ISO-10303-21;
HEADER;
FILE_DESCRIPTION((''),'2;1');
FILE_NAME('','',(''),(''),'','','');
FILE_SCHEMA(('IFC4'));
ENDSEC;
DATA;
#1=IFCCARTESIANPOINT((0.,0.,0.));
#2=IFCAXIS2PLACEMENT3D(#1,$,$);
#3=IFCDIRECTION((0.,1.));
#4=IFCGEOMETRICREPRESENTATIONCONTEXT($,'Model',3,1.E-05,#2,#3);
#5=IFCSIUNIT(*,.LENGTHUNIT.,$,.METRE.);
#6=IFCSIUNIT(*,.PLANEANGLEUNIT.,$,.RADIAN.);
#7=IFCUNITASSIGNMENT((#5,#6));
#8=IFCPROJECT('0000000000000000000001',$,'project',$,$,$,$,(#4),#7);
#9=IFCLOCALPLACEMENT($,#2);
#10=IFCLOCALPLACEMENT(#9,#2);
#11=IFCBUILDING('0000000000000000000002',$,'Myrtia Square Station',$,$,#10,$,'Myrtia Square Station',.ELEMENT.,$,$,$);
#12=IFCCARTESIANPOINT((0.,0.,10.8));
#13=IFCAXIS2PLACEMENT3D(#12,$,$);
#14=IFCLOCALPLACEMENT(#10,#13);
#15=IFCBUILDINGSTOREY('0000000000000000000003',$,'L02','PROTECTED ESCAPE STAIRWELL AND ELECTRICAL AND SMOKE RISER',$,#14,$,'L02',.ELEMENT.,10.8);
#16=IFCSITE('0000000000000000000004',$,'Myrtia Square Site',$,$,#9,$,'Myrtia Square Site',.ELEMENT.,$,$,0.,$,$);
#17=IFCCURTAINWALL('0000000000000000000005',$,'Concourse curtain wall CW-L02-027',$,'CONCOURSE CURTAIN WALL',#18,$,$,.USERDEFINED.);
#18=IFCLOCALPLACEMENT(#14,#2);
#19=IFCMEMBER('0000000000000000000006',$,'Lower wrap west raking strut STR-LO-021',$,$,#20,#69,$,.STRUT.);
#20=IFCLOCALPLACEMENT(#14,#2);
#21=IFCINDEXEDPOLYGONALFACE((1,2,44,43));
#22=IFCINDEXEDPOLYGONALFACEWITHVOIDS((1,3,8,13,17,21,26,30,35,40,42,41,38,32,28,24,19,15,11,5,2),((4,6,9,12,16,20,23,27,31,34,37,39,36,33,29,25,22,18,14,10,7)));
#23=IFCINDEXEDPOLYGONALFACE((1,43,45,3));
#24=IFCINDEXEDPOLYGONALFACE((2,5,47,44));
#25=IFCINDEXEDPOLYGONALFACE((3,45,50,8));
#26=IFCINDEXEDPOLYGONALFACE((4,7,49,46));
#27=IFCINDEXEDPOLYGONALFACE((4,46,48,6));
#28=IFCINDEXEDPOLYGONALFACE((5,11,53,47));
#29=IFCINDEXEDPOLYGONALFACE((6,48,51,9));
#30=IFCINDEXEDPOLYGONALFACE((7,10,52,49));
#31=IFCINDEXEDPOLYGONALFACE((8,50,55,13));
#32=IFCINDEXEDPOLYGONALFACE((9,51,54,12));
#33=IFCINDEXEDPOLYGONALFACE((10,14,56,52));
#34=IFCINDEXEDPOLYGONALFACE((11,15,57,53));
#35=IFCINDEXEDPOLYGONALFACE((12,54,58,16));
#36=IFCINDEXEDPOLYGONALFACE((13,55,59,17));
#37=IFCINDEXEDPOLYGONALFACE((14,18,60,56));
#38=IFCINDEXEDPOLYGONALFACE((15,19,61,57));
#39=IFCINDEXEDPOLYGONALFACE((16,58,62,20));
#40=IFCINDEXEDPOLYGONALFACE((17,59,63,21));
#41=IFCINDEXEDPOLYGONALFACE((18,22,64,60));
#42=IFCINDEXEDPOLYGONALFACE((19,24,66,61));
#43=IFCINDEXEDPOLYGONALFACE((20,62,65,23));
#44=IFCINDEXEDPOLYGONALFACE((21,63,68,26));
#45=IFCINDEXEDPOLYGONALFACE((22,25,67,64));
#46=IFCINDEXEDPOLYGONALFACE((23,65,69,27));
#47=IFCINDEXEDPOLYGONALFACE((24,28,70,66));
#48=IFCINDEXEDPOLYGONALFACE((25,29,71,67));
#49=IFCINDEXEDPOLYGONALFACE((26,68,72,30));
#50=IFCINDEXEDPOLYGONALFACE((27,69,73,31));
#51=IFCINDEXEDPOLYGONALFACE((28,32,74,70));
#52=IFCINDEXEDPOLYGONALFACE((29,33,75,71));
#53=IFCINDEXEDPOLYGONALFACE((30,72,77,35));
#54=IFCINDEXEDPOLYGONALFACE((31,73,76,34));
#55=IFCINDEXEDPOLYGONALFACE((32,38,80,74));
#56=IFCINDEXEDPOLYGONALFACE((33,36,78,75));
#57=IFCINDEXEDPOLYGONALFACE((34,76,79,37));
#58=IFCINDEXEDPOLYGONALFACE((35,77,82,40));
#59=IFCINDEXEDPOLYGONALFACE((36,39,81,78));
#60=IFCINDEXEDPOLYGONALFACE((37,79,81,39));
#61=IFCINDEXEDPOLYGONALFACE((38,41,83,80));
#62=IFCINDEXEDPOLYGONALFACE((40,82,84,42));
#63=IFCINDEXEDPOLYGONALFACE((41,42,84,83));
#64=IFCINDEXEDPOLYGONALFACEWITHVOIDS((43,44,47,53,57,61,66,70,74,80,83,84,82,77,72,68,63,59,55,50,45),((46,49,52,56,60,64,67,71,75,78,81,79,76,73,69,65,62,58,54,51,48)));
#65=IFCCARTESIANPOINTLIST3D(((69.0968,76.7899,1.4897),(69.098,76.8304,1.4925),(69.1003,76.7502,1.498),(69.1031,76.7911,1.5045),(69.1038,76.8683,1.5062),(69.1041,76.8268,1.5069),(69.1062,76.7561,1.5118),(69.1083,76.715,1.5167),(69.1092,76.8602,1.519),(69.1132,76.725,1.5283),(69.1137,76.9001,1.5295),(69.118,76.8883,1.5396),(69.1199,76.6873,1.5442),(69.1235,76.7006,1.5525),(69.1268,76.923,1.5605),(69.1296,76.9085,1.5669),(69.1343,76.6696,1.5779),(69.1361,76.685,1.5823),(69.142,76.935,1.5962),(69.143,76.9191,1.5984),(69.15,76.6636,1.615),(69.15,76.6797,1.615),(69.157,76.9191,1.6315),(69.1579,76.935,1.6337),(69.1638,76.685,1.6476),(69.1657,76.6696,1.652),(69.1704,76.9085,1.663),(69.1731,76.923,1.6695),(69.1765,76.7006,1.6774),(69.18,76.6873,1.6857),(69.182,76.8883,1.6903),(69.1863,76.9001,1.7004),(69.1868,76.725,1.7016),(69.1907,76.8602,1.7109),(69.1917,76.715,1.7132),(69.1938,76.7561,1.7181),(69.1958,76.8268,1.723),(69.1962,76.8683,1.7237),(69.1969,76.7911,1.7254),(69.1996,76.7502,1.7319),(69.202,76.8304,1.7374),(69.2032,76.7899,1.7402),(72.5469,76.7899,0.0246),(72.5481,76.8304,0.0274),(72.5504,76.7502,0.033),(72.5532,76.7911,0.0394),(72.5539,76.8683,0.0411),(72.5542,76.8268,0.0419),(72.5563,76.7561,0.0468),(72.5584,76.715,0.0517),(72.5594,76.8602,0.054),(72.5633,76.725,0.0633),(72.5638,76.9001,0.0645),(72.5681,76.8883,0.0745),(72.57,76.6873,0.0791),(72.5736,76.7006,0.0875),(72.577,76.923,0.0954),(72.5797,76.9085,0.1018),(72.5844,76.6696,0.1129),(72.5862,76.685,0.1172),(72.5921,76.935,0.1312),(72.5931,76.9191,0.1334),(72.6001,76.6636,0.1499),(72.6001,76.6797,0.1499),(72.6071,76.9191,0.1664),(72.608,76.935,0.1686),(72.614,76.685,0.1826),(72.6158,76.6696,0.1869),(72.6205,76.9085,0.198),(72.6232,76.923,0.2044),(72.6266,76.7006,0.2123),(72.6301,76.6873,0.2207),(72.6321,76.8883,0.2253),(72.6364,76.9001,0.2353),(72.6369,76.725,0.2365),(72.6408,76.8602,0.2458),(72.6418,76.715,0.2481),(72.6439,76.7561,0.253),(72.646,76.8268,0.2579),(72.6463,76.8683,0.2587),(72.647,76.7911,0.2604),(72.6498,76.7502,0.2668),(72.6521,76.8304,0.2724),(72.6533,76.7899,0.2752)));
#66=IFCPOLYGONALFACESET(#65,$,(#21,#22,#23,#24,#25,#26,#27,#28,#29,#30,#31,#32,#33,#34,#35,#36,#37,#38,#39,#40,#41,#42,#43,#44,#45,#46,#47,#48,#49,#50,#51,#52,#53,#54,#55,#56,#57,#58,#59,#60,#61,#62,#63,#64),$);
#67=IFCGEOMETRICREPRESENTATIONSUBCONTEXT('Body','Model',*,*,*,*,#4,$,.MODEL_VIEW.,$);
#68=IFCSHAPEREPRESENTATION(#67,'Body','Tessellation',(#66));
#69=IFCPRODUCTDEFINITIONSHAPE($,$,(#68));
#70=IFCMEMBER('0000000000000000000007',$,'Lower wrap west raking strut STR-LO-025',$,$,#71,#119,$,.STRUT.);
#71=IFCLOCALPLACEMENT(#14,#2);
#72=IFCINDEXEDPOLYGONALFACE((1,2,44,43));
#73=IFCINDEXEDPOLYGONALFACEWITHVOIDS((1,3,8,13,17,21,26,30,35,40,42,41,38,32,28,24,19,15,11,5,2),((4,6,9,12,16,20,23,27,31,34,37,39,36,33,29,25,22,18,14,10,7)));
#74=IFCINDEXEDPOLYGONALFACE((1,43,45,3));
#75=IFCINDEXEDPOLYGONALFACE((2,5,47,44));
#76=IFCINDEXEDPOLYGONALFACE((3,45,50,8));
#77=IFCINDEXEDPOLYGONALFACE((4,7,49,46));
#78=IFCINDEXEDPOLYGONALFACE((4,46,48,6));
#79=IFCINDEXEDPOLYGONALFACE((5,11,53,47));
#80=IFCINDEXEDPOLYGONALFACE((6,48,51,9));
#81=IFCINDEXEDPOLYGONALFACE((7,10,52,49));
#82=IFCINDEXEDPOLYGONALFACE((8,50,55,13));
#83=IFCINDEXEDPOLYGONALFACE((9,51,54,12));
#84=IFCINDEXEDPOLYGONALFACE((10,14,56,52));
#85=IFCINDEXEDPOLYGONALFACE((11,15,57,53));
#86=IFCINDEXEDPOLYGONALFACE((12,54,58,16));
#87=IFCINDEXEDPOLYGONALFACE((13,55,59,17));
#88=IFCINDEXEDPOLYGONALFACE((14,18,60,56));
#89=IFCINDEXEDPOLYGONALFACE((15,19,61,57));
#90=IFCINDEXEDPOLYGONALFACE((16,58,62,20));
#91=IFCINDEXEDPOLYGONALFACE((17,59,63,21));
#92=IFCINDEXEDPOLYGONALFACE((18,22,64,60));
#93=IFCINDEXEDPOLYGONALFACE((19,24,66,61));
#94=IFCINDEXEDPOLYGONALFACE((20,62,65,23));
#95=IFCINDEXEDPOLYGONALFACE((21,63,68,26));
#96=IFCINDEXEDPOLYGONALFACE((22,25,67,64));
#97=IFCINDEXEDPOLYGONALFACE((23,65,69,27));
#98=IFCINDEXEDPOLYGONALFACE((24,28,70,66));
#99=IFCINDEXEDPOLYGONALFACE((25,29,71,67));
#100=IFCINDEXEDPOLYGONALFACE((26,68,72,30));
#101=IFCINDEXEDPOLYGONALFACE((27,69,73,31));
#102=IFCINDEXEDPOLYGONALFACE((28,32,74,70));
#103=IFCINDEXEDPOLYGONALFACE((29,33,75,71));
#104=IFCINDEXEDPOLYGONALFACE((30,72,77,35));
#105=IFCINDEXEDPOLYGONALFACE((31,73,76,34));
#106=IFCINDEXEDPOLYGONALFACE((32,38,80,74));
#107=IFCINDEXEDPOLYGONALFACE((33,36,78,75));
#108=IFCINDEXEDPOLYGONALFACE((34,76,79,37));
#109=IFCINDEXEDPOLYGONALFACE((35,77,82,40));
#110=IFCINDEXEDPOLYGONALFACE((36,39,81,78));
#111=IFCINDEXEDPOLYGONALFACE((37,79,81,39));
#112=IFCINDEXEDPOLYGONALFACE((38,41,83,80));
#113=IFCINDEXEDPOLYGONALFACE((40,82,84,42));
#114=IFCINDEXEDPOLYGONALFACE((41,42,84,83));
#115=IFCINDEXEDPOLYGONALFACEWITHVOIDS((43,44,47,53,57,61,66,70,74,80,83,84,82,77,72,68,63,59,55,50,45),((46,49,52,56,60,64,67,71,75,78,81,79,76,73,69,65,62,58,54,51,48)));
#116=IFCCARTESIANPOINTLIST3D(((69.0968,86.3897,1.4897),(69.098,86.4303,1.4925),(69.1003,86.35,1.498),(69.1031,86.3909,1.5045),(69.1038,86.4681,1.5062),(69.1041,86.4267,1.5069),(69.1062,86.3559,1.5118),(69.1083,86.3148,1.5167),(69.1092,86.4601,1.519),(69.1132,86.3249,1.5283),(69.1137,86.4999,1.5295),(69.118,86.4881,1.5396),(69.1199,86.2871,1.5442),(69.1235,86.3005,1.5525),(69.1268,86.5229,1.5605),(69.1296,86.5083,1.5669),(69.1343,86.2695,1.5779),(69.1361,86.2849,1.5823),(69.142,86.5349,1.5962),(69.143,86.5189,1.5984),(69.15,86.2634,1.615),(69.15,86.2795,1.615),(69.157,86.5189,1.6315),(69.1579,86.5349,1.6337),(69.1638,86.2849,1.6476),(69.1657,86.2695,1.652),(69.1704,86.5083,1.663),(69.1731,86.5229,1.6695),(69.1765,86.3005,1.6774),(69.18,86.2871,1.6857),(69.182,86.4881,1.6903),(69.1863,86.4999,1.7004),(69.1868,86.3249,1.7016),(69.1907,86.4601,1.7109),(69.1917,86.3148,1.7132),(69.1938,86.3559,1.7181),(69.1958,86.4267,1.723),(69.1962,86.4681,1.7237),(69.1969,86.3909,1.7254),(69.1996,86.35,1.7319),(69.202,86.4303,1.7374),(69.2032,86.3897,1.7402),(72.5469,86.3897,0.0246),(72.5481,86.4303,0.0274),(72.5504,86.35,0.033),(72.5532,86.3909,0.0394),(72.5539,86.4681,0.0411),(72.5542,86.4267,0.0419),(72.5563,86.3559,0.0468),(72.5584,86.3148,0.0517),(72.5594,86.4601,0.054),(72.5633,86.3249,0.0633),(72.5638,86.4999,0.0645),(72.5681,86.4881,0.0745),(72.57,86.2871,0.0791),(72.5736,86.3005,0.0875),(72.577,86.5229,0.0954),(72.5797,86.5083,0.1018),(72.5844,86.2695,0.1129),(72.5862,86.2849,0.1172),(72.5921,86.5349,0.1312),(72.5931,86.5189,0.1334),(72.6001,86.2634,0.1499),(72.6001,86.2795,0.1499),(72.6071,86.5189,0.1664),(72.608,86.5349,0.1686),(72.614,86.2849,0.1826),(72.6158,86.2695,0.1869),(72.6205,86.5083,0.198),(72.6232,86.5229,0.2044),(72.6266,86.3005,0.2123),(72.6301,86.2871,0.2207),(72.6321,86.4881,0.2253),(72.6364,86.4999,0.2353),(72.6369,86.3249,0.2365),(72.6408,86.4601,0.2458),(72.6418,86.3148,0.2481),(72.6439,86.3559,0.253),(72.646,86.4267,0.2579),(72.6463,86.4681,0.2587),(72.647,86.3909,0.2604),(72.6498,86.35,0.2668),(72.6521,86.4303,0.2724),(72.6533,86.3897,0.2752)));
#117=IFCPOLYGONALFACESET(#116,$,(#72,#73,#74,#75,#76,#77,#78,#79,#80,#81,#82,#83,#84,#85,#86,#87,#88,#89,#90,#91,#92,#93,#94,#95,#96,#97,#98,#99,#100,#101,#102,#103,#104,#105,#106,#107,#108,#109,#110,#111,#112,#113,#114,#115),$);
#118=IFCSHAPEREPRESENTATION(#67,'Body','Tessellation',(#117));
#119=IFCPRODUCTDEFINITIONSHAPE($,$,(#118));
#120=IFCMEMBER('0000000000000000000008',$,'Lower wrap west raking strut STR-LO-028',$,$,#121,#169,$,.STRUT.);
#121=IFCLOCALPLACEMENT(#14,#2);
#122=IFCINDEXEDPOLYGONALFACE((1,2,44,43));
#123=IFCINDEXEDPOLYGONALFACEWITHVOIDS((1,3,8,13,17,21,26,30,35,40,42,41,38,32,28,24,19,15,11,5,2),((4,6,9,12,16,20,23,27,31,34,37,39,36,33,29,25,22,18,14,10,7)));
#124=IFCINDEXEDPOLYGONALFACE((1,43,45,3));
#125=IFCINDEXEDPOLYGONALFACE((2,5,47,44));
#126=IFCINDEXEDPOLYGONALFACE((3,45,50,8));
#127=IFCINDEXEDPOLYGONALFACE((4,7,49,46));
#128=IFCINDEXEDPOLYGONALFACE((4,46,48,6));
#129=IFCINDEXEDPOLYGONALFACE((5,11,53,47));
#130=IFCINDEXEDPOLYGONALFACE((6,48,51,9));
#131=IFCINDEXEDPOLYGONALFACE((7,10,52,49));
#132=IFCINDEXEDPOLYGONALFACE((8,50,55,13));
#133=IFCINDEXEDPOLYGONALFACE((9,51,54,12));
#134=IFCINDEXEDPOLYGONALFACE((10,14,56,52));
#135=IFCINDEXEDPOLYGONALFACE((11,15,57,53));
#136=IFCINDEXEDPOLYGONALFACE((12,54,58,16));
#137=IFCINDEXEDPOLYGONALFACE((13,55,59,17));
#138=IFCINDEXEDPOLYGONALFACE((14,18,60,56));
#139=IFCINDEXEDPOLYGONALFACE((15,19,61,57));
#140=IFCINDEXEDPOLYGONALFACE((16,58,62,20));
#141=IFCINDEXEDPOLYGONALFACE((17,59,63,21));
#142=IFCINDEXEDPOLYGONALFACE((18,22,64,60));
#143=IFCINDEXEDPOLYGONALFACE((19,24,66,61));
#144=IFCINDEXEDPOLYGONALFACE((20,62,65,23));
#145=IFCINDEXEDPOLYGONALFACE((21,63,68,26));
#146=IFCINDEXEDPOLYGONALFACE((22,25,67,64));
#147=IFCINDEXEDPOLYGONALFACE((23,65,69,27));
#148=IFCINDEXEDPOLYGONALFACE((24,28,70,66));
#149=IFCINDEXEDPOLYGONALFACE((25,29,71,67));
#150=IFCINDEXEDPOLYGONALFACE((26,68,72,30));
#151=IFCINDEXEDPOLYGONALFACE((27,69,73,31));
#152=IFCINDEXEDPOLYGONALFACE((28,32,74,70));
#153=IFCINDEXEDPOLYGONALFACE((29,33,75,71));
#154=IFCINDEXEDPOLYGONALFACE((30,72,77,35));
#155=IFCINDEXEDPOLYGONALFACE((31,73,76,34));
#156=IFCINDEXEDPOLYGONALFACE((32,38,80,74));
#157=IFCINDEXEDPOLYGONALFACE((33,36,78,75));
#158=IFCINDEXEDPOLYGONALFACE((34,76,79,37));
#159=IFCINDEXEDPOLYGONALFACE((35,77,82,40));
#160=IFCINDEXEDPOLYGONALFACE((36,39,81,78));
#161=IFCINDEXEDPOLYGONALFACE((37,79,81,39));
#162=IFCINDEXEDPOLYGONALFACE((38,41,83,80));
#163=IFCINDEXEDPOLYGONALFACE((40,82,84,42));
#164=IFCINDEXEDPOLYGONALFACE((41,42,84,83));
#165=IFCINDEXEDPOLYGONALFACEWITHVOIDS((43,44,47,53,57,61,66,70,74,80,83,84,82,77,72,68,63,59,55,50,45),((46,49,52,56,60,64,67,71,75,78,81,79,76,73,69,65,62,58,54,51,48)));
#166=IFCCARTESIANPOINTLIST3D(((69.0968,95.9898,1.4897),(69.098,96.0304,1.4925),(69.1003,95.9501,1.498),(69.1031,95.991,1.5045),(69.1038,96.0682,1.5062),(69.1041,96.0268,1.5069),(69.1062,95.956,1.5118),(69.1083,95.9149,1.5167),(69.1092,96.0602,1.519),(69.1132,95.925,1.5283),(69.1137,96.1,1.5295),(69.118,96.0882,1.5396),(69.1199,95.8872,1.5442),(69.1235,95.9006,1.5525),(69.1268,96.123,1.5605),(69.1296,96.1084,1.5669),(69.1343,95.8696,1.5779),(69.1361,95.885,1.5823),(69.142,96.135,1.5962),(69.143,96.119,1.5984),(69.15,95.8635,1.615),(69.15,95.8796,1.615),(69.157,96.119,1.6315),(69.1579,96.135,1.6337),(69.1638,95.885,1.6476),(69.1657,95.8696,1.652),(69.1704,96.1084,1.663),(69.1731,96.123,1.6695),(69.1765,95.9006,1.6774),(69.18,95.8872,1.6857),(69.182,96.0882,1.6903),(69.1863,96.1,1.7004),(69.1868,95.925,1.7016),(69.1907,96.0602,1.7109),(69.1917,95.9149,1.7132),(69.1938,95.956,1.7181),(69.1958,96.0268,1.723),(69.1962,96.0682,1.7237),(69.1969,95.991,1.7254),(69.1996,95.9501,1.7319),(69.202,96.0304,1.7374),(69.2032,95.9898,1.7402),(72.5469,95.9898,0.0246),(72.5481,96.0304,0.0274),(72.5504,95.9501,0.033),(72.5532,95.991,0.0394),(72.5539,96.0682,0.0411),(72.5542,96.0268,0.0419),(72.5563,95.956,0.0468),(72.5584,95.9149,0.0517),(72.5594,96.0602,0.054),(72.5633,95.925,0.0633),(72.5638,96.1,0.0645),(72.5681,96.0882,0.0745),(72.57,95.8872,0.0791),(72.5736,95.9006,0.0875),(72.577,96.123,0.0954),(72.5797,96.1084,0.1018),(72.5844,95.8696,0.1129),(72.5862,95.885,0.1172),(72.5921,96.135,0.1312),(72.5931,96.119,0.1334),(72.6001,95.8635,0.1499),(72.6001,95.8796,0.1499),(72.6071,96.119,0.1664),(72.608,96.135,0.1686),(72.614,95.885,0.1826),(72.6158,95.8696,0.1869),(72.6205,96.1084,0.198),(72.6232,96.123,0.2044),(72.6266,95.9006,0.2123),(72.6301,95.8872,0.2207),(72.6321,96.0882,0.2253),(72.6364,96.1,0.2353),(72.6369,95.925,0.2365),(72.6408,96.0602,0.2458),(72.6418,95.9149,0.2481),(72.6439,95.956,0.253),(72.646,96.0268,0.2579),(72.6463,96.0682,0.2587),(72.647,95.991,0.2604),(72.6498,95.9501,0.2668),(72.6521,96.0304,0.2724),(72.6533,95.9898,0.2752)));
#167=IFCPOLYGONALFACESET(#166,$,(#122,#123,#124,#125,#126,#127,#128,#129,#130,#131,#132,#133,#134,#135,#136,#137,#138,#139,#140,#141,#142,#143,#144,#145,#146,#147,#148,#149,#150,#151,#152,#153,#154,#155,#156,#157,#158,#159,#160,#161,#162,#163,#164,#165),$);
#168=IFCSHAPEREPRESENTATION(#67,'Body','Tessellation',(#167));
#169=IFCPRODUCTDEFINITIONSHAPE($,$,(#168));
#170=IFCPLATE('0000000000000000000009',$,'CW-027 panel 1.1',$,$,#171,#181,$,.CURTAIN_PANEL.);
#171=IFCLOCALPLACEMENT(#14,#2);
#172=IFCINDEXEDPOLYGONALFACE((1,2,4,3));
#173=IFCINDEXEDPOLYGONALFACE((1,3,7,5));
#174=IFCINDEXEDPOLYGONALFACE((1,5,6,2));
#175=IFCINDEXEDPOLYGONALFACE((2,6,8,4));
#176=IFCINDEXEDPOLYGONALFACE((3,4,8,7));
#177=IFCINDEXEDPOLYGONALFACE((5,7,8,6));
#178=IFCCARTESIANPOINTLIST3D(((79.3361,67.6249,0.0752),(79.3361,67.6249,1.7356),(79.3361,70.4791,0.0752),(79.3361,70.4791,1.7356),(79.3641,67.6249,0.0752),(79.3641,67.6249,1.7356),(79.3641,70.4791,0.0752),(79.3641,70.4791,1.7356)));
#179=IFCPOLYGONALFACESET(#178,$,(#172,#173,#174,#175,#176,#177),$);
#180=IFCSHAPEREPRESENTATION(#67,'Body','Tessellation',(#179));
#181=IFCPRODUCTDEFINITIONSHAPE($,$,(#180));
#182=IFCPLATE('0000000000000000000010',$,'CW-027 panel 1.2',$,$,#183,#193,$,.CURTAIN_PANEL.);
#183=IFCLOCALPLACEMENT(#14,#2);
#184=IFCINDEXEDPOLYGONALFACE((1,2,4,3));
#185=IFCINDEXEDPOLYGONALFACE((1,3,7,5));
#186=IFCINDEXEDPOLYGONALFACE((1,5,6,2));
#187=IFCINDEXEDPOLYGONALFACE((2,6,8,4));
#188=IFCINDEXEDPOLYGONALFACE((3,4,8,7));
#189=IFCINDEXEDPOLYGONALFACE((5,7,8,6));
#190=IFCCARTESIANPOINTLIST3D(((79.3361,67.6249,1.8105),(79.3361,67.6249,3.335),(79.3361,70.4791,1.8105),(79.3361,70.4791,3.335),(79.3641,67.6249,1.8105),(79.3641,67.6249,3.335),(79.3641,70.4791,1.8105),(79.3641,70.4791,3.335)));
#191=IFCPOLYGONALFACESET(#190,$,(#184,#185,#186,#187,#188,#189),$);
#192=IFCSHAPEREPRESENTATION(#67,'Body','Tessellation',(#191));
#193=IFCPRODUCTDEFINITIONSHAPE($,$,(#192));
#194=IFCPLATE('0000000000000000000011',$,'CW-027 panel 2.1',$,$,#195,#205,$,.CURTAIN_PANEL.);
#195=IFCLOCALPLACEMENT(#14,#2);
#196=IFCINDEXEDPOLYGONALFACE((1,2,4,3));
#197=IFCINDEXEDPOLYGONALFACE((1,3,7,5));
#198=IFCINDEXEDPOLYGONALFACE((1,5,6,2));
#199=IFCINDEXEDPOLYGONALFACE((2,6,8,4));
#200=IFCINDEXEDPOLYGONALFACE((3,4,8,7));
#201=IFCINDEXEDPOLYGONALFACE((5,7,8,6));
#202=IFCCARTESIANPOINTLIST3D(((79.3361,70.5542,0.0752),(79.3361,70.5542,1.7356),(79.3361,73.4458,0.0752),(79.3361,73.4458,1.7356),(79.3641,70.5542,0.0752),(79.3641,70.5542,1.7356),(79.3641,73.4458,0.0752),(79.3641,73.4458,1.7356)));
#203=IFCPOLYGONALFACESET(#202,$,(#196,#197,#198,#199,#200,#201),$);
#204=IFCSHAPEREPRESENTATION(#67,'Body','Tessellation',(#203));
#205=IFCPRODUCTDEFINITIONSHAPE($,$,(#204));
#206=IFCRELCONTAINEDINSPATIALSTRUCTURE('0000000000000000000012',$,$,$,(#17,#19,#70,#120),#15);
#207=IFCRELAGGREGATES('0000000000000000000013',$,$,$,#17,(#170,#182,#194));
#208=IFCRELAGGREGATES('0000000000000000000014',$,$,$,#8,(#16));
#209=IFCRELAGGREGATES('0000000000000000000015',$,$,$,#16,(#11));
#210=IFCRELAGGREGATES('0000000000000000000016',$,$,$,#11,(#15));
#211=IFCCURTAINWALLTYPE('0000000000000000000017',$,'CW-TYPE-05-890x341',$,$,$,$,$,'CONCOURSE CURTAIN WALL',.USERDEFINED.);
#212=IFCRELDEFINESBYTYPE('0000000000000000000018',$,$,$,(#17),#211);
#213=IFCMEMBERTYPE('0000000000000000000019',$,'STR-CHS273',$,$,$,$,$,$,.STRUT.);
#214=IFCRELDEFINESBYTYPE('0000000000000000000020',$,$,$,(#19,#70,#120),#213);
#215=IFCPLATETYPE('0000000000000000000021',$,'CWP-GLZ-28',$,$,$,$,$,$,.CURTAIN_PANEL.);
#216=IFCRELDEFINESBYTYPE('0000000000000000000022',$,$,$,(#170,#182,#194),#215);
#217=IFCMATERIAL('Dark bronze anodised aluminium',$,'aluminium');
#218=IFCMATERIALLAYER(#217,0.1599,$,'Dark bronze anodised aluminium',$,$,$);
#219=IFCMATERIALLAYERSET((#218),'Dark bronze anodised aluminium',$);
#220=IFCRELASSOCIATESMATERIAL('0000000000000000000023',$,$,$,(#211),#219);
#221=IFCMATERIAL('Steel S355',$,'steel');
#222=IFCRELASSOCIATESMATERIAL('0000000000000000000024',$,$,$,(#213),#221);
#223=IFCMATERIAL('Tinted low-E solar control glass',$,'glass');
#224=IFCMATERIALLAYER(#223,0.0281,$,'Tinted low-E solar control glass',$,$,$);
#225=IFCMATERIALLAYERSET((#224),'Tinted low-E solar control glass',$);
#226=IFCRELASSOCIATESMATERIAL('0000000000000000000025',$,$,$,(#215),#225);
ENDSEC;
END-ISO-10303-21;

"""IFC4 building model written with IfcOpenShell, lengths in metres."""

from ifc_helpers import new_model, si_unit, direction, frame, origin, origin_2d, place, context, subcontext, project, spatial, rectangle, hollow_circle, extrude, material, layer, layer_set, material_profile, profile_set, type_object, element, aggregate, save


model = new_model("IFC4")

# Units and contexts
model_context = context("Model", 3, precision=1e-05, world=origin(), true_north=direction((0.0, 1.0)))
body_context = subcontext(model_context, "Body", "Model", "MODEL_VIEW")
ifc_project = project(units=[si_unit("LENGTHUNIT", "METRE"), si_unit("PLANEANGLEUNIT", "RADIAN")], contexts=[model_context])

# Site, building, storey
site_placement = place(None, origin())
site = spatial("IfcSite", under=ifc_project, at=site_placement, Name="Myrtia Square Site", LongName="Myrtia Square Site", CompositionType="ELEMENT", RefElevation=0.0)
building_placement = place(site_placement, origin())
building = spatial("IfcBuilding", under=site, at=building_placement, Name="Myrtia Square Station", LongName="Myrtia Square Station", CompositionType="ELEMENT")
storey_placement = place(building_placement, frame((0.0, 0.0, 10.8)))
storey = spatial("IfcBuildingStorey", under=building, at=storey_placement, Name="L02", Description="PROTECTED ESCAPE STAIRWELL AND ELECTRICAL AND SMOKE RISER", LongName="L02", CompositionType="ELEMENT", Elevation=10.8)

# Shared definitions
ifc_material_1 = material(Name="Steel S355", Category="steel")

# Curtain wall
ifc_material_2 = material(Name="Dark bronze anodised aluminium", Category="aluminium")
ifc_layer_1 = layer(ifc_material_2, 0.1599, Name="Dark bronze anodised aluminium")
ifc_layer_set_1 = layer_set([ifc_layer_1], Name="Dark bronze anodised aluminium")
curtain_wall_type = type_object("IfcCurtainWallType", Name="CW-TYPE-05-890x341", ElementType="CONCOURSE CURTAIN WALL", PredefinedType="USERDEFINED", material=ifc_layer_set_1)
curtain_wall_placement = place(storey_placement, origin())
curtain_wall = element("IfcCurtainWall", 1, at=curtain_wall_placement, inside=storey, type_object=curtain_wall_type, Name="Concourse curtain wall CW-L02-027", ObjectType="CONCOURSE CURTAIN WALL", PredefinedType="USERDEFINED")

# Members
ifc_material_profile_1 = material_profile(ifc_material_1, hollow_circle(Radius=0.1365, WallThickness=0.0161, at=origin_2d()), Name="CHS 273x16")
ifc_profile_set_1 = profile_set([ifc_material_profile_1], Name="Steel S355")
member_type_1 = type_object("IfcMemberType", Name="STR-CHS273", PredefinedType="STRUT", material=ifc_profile_set_1)
for number, where, z_axis, x_axis, name in (
    (2, (72.6001, 76.8, 0.1499), (-0.92045, 0.0, 0.390859), (0.0, -1.0, 0.0), "Lower wrap west raking strut STR-LO-021"),
    (3, (72.6001, 86.3999, 0.1499), (-0.92045, 0.0, 0.390859), (0.0, -1.0, 0.0), "Lower wrap west raking strut STR-LO-025"),
    (4, (72.6001, 96.0, 0.1499), (-0.92045, 0.0, 0.390859), (0.0, -1.0, 0.0), "Lower wrap west raking strut STR-LO-028"),
):
    element("IfcMember", number, at=place(storey_placement, frame(where, z_axis=z_axis, x_axis=x_axis)), inside=storey, type_object=member_type_1, Name=name, PredefinedType="STRUT", context=body_context, shape_type="SweptSolid", body=[
        extrude(hollow_circle(Radius=0.1365, WallThickness=0.0161, at=origin_2d()), origin(), (0.0, 0.0, 1.0), 3.7483),
    ])

# Plates
ifc_material_3 = material(Name="Tinted low-E solar control glass", Category="glass")
ifc_layer_2 = layer(ifc_material_3, 0.0281, Name="Tinted low-E solar control glass")
ifc_layer_set_2 = layer_set([ifc_layer_2], Name="Tinted low-E solar control glass")
plate_type_1 = type_object("IfcPlateType", Name="CWP-GLZ-28", PredefinedType="CURTAIN_PANEL", material=ifc_layer_set_2)
plate_1_placement = place(storey_placement, frame((79.3501, 69.052, 0.0752), z_axis=(0.0, 0.0, 1.0), x_axis=(0.0, 1.0, 0.0)))
plate_1 = element("IfcPlate", 5, at=plate_1_placement, type_object=plate_type_1, Name="CW-027 panel 1.1", PredefinedType="CURTAIN_PANEL", context=body_context, shape_type="SweptSolid", body=[
    extrude(rectangle(XDim=2.8542, YDim=0.0281, at=origin_2d()), origin(), (0.0, 0.0, 1.0), 1.6604),
])
plate_2_placement = place(storey_placement, frame((79.3501, 69.052, 1.8105), z_axis=(0.0, 0.0, 1.0), x_axis=(0.0, 1.0, 0.0)))
plate_2 = element("IfcPlate", 6, at=plate_2_placement, type_object=plate_type_1, Name="CW-027 panel 1.2", PredefinedType="CURTAIN_PANEL", context=body_context, shape_type="SweptSolid", body=[
    extrude(rectangle(XDim=2.8542, YDim=0.0281, at=origin_2d()), origin(), (0.0, 0.0, 1.0), 1.5244),
])
plate_3_placement = place(storey_placement, frame((79.3501, 72.0, 0.0752), z_axis=(0.0, 0.0, 1.0), x_axis=(0.0, 1.0, 0.0)))
plate_3 = element("IfcPlate", 7, at=plate_3_placement, type_object=plate_type_1, Name="CW-027 panel 2.1", PredefinedType="CURTAIN_PANEL", context=body_context, shape_type="SweptSolid", body=[
    extrude(rectangle(XDim=2.8916, YDim=0.0281, at=origin_2d()), origin(), (0.0, 0.0, 1.0), 1.6604),
])
aggregate(curtain_wall, [plate_1, plate_2, plate_3])

save(model, "model.ifc")
